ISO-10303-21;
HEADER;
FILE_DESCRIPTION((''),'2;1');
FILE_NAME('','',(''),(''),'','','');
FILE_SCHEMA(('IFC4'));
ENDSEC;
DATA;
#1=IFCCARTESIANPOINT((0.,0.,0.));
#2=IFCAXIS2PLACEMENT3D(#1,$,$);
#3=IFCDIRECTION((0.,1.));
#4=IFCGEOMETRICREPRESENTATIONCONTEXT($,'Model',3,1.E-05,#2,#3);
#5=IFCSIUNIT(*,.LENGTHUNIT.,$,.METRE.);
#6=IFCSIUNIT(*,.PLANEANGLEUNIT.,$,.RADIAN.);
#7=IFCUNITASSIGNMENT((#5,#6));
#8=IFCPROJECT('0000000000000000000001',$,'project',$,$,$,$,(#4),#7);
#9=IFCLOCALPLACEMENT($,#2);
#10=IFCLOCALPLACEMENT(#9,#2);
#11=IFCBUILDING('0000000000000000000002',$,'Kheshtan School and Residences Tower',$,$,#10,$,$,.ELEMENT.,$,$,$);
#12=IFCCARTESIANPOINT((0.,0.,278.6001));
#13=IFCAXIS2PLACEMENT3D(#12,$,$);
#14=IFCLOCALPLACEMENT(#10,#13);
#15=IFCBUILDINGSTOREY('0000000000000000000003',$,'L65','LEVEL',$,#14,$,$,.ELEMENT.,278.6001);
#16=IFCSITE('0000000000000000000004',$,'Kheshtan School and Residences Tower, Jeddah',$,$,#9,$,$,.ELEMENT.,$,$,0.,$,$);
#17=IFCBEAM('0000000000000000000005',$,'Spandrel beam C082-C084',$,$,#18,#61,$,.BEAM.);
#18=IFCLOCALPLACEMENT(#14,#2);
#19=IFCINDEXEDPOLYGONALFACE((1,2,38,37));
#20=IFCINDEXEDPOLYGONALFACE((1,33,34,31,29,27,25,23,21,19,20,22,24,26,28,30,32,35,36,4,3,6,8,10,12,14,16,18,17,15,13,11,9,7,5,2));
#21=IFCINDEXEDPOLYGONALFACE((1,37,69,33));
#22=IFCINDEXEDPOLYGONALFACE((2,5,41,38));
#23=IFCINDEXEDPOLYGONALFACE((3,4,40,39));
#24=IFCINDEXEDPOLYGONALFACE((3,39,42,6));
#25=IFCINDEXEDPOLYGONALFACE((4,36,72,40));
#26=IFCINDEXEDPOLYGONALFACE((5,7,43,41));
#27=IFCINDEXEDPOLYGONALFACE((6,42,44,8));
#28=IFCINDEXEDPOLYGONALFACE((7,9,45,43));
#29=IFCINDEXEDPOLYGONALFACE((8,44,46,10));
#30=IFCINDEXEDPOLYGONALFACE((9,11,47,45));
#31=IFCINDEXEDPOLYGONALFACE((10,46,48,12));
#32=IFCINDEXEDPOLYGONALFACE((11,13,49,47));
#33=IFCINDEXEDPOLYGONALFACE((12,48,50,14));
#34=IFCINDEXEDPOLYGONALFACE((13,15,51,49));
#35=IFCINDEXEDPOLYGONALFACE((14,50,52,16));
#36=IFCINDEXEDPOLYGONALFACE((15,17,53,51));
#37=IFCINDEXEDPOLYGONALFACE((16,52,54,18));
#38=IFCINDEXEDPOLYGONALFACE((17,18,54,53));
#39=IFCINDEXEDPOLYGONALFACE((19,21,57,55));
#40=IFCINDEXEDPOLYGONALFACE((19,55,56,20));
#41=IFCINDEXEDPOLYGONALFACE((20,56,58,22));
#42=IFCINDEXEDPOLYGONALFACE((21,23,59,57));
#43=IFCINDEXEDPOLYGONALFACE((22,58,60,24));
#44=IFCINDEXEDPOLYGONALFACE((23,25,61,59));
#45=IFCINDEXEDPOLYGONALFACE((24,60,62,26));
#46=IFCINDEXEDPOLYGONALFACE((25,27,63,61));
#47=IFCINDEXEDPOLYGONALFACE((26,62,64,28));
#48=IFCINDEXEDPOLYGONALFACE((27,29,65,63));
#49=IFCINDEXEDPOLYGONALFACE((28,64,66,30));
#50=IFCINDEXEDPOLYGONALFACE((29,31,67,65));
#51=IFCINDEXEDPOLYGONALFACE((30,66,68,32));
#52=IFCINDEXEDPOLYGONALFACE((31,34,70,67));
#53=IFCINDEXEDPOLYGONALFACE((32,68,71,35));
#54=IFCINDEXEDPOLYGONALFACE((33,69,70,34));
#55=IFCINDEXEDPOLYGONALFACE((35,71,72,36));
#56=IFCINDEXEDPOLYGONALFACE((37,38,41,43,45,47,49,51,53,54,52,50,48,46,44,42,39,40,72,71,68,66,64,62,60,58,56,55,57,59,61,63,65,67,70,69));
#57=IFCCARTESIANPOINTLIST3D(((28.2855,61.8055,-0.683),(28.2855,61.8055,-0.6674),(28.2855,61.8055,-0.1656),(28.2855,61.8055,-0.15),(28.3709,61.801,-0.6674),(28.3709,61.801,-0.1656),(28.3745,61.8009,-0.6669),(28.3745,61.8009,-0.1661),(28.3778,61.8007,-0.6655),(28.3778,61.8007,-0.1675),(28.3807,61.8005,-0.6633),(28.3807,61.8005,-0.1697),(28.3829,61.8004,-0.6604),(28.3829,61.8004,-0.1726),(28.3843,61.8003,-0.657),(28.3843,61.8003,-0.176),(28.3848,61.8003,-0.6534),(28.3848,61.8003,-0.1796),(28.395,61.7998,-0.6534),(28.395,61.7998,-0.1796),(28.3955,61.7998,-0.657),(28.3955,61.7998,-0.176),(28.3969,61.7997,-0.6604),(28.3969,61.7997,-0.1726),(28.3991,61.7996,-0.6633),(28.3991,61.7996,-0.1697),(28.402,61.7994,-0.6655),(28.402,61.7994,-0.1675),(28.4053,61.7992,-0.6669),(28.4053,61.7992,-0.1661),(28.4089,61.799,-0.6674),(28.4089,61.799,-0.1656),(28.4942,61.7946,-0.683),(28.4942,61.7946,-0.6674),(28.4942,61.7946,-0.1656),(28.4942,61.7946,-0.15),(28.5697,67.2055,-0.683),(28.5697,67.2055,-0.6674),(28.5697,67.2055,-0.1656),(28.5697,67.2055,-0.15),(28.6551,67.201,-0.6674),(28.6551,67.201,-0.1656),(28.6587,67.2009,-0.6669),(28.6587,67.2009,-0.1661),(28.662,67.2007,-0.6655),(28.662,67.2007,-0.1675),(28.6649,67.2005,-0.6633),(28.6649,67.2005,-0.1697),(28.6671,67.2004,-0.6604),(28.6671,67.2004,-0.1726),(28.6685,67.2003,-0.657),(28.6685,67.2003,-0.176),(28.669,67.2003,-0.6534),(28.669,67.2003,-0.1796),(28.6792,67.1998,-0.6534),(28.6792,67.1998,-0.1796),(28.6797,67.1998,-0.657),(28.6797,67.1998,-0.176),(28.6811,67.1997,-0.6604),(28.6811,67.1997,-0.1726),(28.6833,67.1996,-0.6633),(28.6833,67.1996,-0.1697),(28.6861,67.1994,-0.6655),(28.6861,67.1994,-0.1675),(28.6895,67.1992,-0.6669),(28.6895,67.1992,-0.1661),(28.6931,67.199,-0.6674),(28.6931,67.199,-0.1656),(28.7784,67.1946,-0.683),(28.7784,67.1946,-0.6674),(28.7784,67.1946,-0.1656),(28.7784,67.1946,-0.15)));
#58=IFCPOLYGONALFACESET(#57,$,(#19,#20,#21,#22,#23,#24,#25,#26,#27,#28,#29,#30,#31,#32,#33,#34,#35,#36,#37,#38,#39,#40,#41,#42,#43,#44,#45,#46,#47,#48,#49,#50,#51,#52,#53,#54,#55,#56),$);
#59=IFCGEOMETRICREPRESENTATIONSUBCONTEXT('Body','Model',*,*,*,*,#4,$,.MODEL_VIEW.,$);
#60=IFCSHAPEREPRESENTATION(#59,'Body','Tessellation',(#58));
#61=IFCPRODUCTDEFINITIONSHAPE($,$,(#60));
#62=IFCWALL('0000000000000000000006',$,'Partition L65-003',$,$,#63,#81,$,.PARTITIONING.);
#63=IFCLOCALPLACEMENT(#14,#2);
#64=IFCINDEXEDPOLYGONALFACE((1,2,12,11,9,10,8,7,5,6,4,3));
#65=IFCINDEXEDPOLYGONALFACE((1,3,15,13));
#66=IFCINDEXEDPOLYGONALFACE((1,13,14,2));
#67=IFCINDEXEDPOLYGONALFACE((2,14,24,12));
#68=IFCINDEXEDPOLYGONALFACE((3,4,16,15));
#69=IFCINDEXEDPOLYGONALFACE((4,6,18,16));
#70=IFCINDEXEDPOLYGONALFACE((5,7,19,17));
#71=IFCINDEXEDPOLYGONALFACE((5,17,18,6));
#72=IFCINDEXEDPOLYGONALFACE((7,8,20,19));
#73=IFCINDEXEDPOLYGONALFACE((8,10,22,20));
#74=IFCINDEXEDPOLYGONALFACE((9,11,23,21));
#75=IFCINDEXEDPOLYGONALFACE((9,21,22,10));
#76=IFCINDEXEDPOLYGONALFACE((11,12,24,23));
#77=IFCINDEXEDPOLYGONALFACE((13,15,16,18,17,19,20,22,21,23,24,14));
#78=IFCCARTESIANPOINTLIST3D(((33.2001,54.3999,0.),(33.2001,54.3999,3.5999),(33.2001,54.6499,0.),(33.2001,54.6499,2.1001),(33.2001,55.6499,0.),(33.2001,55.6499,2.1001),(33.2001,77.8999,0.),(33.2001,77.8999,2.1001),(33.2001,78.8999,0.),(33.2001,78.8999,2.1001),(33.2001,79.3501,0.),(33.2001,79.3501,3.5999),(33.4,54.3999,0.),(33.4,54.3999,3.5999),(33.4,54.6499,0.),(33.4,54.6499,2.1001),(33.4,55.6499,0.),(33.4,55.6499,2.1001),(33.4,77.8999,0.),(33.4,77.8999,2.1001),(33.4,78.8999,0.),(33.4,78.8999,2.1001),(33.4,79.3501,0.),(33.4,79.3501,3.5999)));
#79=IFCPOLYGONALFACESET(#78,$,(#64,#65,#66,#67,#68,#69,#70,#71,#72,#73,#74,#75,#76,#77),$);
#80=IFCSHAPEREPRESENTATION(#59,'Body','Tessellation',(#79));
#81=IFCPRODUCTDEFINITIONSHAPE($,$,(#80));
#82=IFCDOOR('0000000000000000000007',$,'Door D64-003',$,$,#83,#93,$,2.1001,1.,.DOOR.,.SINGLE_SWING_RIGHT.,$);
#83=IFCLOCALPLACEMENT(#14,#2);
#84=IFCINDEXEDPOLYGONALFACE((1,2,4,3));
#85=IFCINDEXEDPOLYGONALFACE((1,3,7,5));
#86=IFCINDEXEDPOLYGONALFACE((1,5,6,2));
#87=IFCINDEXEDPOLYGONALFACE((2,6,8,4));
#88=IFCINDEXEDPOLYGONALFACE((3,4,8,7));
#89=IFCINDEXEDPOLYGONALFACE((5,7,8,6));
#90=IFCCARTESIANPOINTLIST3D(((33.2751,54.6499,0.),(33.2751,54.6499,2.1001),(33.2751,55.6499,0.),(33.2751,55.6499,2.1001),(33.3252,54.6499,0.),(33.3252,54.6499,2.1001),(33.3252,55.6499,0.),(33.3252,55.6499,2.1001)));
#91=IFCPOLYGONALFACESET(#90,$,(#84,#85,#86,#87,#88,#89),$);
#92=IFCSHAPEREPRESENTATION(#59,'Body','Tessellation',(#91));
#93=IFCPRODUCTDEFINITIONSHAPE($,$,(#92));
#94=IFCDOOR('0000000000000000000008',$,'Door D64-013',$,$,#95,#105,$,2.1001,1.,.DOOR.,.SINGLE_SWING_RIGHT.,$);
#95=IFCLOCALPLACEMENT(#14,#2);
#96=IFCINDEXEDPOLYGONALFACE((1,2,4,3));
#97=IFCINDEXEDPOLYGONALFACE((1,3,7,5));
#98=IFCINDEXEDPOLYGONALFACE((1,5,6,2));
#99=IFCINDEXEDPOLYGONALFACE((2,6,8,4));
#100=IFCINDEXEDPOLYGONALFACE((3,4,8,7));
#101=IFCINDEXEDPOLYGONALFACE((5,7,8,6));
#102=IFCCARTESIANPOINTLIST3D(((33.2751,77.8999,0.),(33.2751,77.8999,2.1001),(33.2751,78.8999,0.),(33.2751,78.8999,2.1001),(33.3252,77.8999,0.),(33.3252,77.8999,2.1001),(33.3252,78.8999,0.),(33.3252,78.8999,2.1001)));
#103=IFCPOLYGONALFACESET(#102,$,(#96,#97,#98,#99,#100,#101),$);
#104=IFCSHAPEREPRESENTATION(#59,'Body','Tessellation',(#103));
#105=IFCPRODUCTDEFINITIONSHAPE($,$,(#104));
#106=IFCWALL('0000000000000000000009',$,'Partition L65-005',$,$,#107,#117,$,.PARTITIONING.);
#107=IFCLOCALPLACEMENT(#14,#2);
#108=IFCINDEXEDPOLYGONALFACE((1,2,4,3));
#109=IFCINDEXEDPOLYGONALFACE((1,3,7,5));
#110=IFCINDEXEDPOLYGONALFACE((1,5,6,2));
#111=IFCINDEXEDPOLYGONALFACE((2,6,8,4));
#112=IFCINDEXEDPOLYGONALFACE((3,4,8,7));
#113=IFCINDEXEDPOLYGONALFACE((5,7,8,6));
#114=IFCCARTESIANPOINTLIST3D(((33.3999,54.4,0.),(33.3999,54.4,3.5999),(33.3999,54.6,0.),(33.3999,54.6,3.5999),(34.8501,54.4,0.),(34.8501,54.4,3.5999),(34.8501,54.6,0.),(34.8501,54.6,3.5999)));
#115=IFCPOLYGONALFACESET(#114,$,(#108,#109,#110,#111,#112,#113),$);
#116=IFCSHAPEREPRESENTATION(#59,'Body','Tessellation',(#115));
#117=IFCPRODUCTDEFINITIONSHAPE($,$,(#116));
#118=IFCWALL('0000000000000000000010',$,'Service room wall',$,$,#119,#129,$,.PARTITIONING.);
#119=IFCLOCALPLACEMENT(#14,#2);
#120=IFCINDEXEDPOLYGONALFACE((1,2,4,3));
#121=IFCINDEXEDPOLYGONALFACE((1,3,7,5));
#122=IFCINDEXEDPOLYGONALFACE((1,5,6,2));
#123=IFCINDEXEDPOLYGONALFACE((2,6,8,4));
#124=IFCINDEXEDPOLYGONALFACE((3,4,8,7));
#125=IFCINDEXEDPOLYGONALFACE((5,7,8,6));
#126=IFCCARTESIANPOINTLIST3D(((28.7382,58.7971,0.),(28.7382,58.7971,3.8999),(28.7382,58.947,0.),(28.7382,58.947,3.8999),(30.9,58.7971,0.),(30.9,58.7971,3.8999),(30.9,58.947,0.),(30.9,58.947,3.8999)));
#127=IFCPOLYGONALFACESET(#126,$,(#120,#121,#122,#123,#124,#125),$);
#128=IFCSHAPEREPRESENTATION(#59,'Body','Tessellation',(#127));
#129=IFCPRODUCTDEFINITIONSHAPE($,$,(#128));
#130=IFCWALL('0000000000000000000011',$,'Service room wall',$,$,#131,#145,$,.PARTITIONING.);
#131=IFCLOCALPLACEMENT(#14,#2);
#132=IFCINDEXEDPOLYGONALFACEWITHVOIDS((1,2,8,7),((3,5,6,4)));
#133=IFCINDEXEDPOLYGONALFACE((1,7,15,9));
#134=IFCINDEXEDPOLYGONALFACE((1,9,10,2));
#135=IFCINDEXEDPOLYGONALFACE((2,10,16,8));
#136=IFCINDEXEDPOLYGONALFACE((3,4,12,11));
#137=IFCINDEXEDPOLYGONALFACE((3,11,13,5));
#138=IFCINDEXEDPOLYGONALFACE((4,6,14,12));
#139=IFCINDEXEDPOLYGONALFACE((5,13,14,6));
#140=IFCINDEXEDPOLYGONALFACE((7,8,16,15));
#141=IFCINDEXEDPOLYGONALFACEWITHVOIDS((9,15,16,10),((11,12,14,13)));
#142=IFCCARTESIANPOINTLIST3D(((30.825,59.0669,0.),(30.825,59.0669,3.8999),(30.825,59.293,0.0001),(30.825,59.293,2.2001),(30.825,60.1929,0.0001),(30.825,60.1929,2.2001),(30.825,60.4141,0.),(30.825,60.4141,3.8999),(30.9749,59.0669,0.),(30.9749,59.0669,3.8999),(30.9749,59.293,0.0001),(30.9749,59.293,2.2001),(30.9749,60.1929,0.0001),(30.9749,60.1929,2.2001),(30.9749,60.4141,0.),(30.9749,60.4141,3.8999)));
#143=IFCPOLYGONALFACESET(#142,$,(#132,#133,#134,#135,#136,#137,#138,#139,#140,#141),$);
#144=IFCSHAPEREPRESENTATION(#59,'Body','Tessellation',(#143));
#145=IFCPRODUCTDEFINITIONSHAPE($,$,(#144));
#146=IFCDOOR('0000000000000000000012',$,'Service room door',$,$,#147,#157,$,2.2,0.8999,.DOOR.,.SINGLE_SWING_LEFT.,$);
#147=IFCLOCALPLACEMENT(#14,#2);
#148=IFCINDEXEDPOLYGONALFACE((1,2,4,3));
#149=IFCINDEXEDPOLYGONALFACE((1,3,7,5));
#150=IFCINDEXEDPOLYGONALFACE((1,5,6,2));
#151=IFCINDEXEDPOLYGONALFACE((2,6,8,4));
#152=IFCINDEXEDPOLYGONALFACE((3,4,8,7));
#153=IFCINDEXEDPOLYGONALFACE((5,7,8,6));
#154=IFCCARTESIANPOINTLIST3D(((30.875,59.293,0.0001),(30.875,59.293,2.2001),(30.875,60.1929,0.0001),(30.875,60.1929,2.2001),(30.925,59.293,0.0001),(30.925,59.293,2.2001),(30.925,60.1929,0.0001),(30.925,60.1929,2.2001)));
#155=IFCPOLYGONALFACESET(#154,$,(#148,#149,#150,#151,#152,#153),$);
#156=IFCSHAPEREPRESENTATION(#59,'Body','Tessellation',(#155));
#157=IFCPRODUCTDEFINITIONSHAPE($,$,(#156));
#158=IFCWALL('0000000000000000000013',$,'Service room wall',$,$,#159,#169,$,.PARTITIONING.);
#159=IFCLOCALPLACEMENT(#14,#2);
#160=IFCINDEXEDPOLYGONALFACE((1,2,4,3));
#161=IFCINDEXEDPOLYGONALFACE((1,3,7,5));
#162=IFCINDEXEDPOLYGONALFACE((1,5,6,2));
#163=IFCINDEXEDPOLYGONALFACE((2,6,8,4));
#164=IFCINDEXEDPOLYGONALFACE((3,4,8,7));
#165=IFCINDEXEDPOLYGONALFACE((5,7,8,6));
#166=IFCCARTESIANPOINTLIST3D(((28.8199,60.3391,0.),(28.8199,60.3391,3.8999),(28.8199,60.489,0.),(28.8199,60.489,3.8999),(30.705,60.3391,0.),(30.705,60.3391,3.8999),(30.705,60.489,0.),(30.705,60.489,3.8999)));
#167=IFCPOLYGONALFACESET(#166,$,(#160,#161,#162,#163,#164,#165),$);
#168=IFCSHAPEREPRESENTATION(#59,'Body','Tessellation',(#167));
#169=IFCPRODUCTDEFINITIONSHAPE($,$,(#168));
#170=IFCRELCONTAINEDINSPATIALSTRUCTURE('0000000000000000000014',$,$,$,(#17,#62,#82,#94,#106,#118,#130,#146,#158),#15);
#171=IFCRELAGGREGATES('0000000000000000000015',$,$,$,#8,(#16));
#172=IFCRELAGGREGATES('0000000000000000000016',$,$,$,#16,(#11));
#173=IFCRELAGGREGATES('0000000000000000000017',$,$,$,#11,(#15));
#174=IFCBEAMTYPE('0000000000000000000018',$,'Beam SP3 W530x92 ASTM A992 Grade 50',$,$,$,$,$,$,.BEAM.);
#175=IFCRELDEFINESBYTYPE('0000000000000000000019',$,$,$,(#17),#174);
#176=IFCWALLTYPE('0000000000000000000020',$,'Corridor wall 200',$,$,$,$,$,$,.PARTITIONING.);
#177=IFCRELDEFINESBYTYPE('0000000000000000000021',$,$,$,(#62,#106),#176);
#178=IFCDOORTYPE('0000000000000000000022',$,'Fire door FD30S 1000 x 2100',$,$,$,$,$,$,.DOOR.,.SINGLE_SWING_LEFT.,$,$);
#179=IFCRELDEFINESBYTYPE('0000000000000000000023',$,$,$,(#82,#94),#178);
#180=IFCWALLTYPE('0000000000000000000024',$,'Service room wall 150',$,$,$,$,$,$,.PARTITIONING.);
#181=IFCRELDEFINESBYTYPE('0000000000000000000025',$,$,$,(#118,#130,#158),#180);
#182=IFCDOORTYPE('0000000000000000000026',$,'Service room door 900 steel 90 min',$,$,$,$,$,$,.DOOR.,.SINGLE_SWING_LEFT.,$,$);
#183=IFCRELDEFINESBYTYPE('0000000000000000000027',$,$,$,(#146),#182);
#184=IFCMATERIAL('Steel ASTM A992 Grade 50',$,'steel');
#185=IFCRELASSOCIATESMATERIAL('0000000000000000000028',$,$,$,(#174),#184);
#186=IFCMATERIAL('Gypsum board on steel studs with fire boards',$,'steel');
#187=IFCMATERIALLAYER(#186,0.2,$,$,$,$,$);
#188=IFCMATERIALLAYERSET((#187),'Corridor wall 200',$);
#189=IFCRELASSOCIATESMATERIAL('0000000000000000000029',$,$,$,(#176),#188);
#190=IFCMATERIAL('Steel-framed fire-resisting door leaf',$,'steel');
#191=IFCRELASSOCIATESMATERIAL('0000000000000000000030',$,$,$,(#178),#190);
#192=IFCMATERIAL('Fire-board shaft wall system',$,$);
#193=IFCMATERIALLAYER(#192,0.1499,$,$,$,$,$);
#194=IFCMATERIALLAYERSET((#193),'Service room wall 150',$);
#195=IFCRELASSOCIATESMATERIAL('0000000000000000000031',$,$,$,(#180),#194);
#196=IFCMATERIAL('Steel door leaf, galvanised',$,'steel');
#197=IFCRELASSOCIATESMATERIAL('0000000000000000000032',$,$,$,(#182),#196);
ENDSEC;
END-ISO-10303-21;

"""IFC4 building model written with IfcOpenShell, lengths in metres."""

from ifc_helpers import new_model, si_unit, direction, frame, frame_2d, origin, origin_2d, place, context, subcontext, project, spatial, rectangle, i_section, extrude, source, transform, mapped, material, layer, layer_set, material_profile, profile_set, type_object, element, fill, save


model = new_model("IFC4")

# Units and contexts
model_context = context("Model", 3, precision=1e-05, world=origin(), true_north=direction((0.0, 1.0)))
body_context = subcontext(model_context, "Body", "Model", "MODEL_VIEW")
ifc_project = project(units=[si_unit("LENGTHUNIT", "METRE"), si_unit("PLANEANGLEUNIT", "RADIAN")], contexts=[model_context])

# Site, building, storey
site_placement = place(None, origin())
site = spatial("IfcSite", under=ifc_project, at=site_placement, Name="Kheshtan School and Residences Tower, Jeddah", CompositionType="ELEMENT", RefElevation=0.0)
building_placement = place(site_placement, origin())
building = spatial("IfcBuilding", under=site, at=building_placement, Name="Kheshtan School and Residences Tower", CompositionType="ELEMENT")
storey_placement = place(building_placement, frame((0.0, 0.0, 278.6001)))
storey = spatial("IfcBuildingStorey", under=building, at=storey_placement, Name="L65", Description="LEVEL", CompositionType="ELEMENT", Elevation=278.6001)

# Shared definitions
ifc_material_1 = material(Name="Steel ASTM A992 Grade 50", Category="steel")

# Beam
ifc_material_profile_1 = material_profile(ifc_material_1, i_section(OverallWidth=0.209, OverallDepth=0.533, WebThickness=0.0103, FlangeThickness=0.0156, FilletRadius=0.0139, at=origin_2d()), Name="W530x92")
ifc_profile_set_1 = profile_set([ifc_material_profile_1], Name="Steel ASTM A992 Grade 50")
beam_type_1 = type_object("IfcBeamType", Name="Beam SP3 W530x92 ASTM A992 Grade 50", PredefinedType="BEAM", material=ifc_profile_set_1)
beam_1_placement = place(storey_placement, frame((28.3899, 61.8, -0.4165), z_axis=(0.052554, 0.998618, 0.0), x_axis=(-0.998618, 0.052554, 0.0)))
element("IfcBeam", 1, at=beam_1_placement, inside=storey, type_object=beam_type_1, Name="Spandrel beam C082-C084", PredefinedType="BEAM", context=body_context, shape_type="SweptSolid", body=[
    extrude(i_section(OverallWidth=0.209, OverallDepth=0.533, WebThickness=0.0103, FlangeThickness=0.0156, FilletRadius=0.0139, at=origin_2d()), origin(), (0.0, 0.0, 1.0), 5.4075),
])

# Wall, openings, doors
ifc_material_2 = material(Name="Gypsum board on steel studs with fire boards", Category="steel")
ifc_layer_1 = layer(ifc_material_2, 0.2)
ifc_layer_set_1 = layer_set([ifc_layer_1], Name="Corridor wall 200")
wall_type_1 = type_object("IfcWallType", Name="Corridor wall 200", PredefinedType="PARTITIONING", material=ifc_layer_set_1)
wall_1_placement = place(storey_placement, frame((33.3, 54.3999, 0.0), z_axis=(0.0, 0.0, 1.0), x_axis=(0.0, 1.0, 0.0)))
wall_1 = element("IfcWall", 2, at=wall_1_placement, inside=storey, type_object=wall_type_1, Name="Partition L65-003", PredefinedType="PARTITIONING", context=body_context, shape_type="SweptSolid", body=[
    extrude(rectangle(XDim=24.9502, YDim=0.2, at=frame_2d((12.4751, 0.0))), origin(), (0.0, 0.0, 1.0), 3.5999),
])
opening_1_placement = place(wall_1_placement, frame((0.25, 0.0, 0.0)))
opening_1 = element("IfcOpeningElement", 3, at=opening_1_placement, cuts=wall_1, PredefinedType="OPENING", context=body_context, shape_type="SweptSolid", body=[
    extrude(rectangle(XDim=1.0, YDim=2.1001, at=frame_2d((0.5, 1.05))), frame((0.0, 0.1099, 0.0), z_axis=(0.0, -1.0, 0.0), x_axis=(1.0, 0.0, 0.0)), (0.0, 0.0, 1.0), 0.22),
])
opening_2_placement = place(wall_1_placement, frame((23.5, 0.0, 0.0)))
opening_2 = element("IfcOpeningElement", 4, at=opening_2_placement, cuts=wall_1, PredefinedType="OPENING", context=body_context, shape_type="SweptSolid", body=[
    extrude(rectangle(XDim=1.0, YDim=2.1001, at=frame_2d((0.5, 1.05))), frame((0.0, 0.1099, 0.0), z_axis=(0.0, -1.0, 0.0), x_axis=(1.0, 0.0, 0.0)), (0.0, 0.0, 1.0), 0.22),
])
ifc_material_3 = material(Name="Steel-framed fire-resisting door leaf", Category="steel")
door_type_1 = type_object("IfcDoorType", Name="Fire door FD30S 1000 x 2100", OperationType="SINGLE_SWING_LEFT", PredefinedType="DOOR", material=ifc_material_3)
shared_shape_1 = source(origin(), body_context, "Body", "SweptSolid", [
    extrude(rectangle(XDim=1.0, YDim=2.1001, at=frame_2d((0.5, 1.05))), frame((0.0, 0.0249, 0.0), z_axis=(0.0, -1.0, 0.0), x_axis=(1.0, 0.0, 0.0)), (0.0, 0.0, 1.0), 0.05),
])
door_1_placement = place(opening_1_placement, origin())
door_1 = element("IfcDoor", 5, at=door_1_placement, inside=storey, type_object=door_type_1, Name="Door D64-003", OperationType="SINGLE_SWING_RIGHT", OverallHeight=2.1001, OverallWidth=1.0, PredefinedType="DOOR", context=body_context, shape_type="MappedRepresentation", body=[
    mapped(shared_shape_1, transform((0.0, 0.0, 0.0), x_axis=(1.0, 0.0, 0.0), y_axis=(0.0, 1.0, 0.0), z_axis=(0.0, 0.0, 1.0), scale=1.0)),
])
fill(opening_1, door_1)
door_2_placement = place(opening_2_placement, origin())
door_2 = element("IfcDoor", 6, at=door_2_placement, inside=storey, type_object=door_type_1, Name="Door D64-013", OperationType="SINGLE_SWING_RIGHT", OverallHeight=2.1001, OverallWidth=1.0, PredefinedType="DOOR", context=body_context, shape_type="MappedRepresentation", body=[
    mapped(shared_shape_1, transform((0.0, 0.0, 0.0), x_axis=(1.0, 0.0, 0.0), y_axis=(0.0, 1.0, 0.0), z_axis=(0.0, 0.0, 1.0), scale=1.0)),
])
fill(opening_2, door_2)

# Walls
wall_2_placement = place(storey_placement, frame((33.3999, 54.5, 0.0), z_axis=(0.0, 0.0, 1.0), x_axis=(1.0, 0.0, 0.0)))
element("IfcWall", 7, at=wall_2_placement, inside=storey, type_object=wall_type_1, Name="Partition L65-005", PredefinedType="PARTITIONING", context=body_context, shape_type="SweptSolid", body=[
    extrude(rectangle(XDim=1.4502, YDim=0.2, at=frame_2d((0.7251, 0.0))), origin(), (0.0, 0.0, 1.0), 3.5999),
])
ifc_material_4 = material(Name="Fire-board shaft wall system")
ifc_layer_2 = layer(ifc_material_4, 0.1499)
ifc_layer_set_2 = layer_set([ifc_layer_2], Name="Service room wall 150")
wall_type_2 = type_object("IfcWallType", Name="Service room wall 150", PredefinedType="PARTITIONING", material=ifc_layer_set_2)
wall_3_placement = place(storey_placement, frame((28.738, 58.8721, 0.0), z_axis=(0.0, 0.0, 1.0), x_axis=(1.0, 0.0, 0.0)))
element("IfcWall", 8, at=wall_3_placement, inside=storey, type_object=wall_type_2, Name="Service room wall", PredefinedType="PARTITIONING", context=body_context, shape_type="SweptSolid", body=[
    extrude(rectangle(XDim=2.1619, YDim=0.1499, at=frame_2d((1.0811, 0.0))), origin(), (0.0, 0.0, 1.0), 3.8999),
])

# Wall, opening, door
wall_4_placement = place(storey_placement, frame((30.8999, 59.0669, 0.0), z_axis=(0.0, 0.0, 1.0), x_axis=(0.0, 1.0, 0.0)))
wall_4 = element("IfcWall", 9, at=wall_4_placement, inside=storey, type_object=wall_type_2, Name="Service room wall", PredefinedType="PARTITIONING", context=body_context, shape_type="SweptSolid", body=[
    extrude(rectangle(XDim=1.3472, YDim=0.1499, at=frame_2d((0.6736, 0.0))), origin(), (0.0, 0.0, 1.0), 3.8999),
])
opening_3_placement = place(wall_4_placement, frame((0.2261, 0.0, 0.0)))
opening_3 = element("IfcOpeningElement", 10, at=opening_3_placement, cuts=wall_4, PredefinedType="OPENING", context=body_context, shape_type="SweptSolid", body=[
    extrude(rectangle(XDim=0.8999, YDim=2.2, at=frame_2d((0.45, 1.1001))), frame((0.0, 0.085, 0.0), z_axis=(0.0, -1.0, 0.0), x_axis=(1.0, 0.0, 0.0)), (0.0, 0.0, 1.0), 0.1699),
])
ifc_material_5 = material(Name="Steel door leaf, galvanised", Category="steel")
door_type_2 = type_object("IfcDoorType", Name="Service room door 900 steel 90 min", OperationType="SINGLE_SWING_LEFT", PredefinedType="DOOR", material=ifc_material_5)
shared_shape_2 = source(origin(), body_context, "Body", "SweptSolid", [
    extrude(rectangle(XDim=0.8999, YDim=2.2, at=frame_2d((0.45, 1.1001))), frame((0.0, 0.0249, 0.0), z_axis=(0.0, -1.0, 0.0), x_axis=(1.0, 0.0, 0.0)), (0.0, 0.0, 1.0), 0.05),
])
door_3_placement = place(opening_3_placement, origin())
door_3 = element("IfcDoor", 11, at=door_3_placement, inside=storey, type_object=door_type_2, Name="Service room door", OperationType="SINGLE_SWING_LEFT", OverallHeight=2.2, OverallWidth=0.8999, PredefinedType="DOOR", context=body_context, shape_type="MappedRepresentation", body=[
    mapped(shared_shape_2, transform((0.0, 0.0, 0.0), x_axis=(1.0, 0.0, 0.0), y_axis=(0.0, 1.0, 0.0), z_axis=(0.0, 0.0, 1.0), scale=1.0)),
])
fill(opening_3, door_3)

# Wall
wall_5_placement = place(storey_placement, frame((28.8201, 60.4141, 0.0), z_axis=(0.0, 0.0, 1.0), x_axis=(1.0, 0.0, 0.0)))
element("IfcWall", 12, at=wall_5_placement, inside=storey, type_object=wall_type_2, Name="Service room wall", PredefinedType="PARTITIONING", context=body_context, shape_type="SweptSolid", body=[
    extrude(rectangle(XDim=1.885, YDim=0.1499, at=frame_2d((0.9424, 0.0))), origin(), (0.0, 0.0, 1.0), 3.8999),
])

save(model, "model.ifc")
